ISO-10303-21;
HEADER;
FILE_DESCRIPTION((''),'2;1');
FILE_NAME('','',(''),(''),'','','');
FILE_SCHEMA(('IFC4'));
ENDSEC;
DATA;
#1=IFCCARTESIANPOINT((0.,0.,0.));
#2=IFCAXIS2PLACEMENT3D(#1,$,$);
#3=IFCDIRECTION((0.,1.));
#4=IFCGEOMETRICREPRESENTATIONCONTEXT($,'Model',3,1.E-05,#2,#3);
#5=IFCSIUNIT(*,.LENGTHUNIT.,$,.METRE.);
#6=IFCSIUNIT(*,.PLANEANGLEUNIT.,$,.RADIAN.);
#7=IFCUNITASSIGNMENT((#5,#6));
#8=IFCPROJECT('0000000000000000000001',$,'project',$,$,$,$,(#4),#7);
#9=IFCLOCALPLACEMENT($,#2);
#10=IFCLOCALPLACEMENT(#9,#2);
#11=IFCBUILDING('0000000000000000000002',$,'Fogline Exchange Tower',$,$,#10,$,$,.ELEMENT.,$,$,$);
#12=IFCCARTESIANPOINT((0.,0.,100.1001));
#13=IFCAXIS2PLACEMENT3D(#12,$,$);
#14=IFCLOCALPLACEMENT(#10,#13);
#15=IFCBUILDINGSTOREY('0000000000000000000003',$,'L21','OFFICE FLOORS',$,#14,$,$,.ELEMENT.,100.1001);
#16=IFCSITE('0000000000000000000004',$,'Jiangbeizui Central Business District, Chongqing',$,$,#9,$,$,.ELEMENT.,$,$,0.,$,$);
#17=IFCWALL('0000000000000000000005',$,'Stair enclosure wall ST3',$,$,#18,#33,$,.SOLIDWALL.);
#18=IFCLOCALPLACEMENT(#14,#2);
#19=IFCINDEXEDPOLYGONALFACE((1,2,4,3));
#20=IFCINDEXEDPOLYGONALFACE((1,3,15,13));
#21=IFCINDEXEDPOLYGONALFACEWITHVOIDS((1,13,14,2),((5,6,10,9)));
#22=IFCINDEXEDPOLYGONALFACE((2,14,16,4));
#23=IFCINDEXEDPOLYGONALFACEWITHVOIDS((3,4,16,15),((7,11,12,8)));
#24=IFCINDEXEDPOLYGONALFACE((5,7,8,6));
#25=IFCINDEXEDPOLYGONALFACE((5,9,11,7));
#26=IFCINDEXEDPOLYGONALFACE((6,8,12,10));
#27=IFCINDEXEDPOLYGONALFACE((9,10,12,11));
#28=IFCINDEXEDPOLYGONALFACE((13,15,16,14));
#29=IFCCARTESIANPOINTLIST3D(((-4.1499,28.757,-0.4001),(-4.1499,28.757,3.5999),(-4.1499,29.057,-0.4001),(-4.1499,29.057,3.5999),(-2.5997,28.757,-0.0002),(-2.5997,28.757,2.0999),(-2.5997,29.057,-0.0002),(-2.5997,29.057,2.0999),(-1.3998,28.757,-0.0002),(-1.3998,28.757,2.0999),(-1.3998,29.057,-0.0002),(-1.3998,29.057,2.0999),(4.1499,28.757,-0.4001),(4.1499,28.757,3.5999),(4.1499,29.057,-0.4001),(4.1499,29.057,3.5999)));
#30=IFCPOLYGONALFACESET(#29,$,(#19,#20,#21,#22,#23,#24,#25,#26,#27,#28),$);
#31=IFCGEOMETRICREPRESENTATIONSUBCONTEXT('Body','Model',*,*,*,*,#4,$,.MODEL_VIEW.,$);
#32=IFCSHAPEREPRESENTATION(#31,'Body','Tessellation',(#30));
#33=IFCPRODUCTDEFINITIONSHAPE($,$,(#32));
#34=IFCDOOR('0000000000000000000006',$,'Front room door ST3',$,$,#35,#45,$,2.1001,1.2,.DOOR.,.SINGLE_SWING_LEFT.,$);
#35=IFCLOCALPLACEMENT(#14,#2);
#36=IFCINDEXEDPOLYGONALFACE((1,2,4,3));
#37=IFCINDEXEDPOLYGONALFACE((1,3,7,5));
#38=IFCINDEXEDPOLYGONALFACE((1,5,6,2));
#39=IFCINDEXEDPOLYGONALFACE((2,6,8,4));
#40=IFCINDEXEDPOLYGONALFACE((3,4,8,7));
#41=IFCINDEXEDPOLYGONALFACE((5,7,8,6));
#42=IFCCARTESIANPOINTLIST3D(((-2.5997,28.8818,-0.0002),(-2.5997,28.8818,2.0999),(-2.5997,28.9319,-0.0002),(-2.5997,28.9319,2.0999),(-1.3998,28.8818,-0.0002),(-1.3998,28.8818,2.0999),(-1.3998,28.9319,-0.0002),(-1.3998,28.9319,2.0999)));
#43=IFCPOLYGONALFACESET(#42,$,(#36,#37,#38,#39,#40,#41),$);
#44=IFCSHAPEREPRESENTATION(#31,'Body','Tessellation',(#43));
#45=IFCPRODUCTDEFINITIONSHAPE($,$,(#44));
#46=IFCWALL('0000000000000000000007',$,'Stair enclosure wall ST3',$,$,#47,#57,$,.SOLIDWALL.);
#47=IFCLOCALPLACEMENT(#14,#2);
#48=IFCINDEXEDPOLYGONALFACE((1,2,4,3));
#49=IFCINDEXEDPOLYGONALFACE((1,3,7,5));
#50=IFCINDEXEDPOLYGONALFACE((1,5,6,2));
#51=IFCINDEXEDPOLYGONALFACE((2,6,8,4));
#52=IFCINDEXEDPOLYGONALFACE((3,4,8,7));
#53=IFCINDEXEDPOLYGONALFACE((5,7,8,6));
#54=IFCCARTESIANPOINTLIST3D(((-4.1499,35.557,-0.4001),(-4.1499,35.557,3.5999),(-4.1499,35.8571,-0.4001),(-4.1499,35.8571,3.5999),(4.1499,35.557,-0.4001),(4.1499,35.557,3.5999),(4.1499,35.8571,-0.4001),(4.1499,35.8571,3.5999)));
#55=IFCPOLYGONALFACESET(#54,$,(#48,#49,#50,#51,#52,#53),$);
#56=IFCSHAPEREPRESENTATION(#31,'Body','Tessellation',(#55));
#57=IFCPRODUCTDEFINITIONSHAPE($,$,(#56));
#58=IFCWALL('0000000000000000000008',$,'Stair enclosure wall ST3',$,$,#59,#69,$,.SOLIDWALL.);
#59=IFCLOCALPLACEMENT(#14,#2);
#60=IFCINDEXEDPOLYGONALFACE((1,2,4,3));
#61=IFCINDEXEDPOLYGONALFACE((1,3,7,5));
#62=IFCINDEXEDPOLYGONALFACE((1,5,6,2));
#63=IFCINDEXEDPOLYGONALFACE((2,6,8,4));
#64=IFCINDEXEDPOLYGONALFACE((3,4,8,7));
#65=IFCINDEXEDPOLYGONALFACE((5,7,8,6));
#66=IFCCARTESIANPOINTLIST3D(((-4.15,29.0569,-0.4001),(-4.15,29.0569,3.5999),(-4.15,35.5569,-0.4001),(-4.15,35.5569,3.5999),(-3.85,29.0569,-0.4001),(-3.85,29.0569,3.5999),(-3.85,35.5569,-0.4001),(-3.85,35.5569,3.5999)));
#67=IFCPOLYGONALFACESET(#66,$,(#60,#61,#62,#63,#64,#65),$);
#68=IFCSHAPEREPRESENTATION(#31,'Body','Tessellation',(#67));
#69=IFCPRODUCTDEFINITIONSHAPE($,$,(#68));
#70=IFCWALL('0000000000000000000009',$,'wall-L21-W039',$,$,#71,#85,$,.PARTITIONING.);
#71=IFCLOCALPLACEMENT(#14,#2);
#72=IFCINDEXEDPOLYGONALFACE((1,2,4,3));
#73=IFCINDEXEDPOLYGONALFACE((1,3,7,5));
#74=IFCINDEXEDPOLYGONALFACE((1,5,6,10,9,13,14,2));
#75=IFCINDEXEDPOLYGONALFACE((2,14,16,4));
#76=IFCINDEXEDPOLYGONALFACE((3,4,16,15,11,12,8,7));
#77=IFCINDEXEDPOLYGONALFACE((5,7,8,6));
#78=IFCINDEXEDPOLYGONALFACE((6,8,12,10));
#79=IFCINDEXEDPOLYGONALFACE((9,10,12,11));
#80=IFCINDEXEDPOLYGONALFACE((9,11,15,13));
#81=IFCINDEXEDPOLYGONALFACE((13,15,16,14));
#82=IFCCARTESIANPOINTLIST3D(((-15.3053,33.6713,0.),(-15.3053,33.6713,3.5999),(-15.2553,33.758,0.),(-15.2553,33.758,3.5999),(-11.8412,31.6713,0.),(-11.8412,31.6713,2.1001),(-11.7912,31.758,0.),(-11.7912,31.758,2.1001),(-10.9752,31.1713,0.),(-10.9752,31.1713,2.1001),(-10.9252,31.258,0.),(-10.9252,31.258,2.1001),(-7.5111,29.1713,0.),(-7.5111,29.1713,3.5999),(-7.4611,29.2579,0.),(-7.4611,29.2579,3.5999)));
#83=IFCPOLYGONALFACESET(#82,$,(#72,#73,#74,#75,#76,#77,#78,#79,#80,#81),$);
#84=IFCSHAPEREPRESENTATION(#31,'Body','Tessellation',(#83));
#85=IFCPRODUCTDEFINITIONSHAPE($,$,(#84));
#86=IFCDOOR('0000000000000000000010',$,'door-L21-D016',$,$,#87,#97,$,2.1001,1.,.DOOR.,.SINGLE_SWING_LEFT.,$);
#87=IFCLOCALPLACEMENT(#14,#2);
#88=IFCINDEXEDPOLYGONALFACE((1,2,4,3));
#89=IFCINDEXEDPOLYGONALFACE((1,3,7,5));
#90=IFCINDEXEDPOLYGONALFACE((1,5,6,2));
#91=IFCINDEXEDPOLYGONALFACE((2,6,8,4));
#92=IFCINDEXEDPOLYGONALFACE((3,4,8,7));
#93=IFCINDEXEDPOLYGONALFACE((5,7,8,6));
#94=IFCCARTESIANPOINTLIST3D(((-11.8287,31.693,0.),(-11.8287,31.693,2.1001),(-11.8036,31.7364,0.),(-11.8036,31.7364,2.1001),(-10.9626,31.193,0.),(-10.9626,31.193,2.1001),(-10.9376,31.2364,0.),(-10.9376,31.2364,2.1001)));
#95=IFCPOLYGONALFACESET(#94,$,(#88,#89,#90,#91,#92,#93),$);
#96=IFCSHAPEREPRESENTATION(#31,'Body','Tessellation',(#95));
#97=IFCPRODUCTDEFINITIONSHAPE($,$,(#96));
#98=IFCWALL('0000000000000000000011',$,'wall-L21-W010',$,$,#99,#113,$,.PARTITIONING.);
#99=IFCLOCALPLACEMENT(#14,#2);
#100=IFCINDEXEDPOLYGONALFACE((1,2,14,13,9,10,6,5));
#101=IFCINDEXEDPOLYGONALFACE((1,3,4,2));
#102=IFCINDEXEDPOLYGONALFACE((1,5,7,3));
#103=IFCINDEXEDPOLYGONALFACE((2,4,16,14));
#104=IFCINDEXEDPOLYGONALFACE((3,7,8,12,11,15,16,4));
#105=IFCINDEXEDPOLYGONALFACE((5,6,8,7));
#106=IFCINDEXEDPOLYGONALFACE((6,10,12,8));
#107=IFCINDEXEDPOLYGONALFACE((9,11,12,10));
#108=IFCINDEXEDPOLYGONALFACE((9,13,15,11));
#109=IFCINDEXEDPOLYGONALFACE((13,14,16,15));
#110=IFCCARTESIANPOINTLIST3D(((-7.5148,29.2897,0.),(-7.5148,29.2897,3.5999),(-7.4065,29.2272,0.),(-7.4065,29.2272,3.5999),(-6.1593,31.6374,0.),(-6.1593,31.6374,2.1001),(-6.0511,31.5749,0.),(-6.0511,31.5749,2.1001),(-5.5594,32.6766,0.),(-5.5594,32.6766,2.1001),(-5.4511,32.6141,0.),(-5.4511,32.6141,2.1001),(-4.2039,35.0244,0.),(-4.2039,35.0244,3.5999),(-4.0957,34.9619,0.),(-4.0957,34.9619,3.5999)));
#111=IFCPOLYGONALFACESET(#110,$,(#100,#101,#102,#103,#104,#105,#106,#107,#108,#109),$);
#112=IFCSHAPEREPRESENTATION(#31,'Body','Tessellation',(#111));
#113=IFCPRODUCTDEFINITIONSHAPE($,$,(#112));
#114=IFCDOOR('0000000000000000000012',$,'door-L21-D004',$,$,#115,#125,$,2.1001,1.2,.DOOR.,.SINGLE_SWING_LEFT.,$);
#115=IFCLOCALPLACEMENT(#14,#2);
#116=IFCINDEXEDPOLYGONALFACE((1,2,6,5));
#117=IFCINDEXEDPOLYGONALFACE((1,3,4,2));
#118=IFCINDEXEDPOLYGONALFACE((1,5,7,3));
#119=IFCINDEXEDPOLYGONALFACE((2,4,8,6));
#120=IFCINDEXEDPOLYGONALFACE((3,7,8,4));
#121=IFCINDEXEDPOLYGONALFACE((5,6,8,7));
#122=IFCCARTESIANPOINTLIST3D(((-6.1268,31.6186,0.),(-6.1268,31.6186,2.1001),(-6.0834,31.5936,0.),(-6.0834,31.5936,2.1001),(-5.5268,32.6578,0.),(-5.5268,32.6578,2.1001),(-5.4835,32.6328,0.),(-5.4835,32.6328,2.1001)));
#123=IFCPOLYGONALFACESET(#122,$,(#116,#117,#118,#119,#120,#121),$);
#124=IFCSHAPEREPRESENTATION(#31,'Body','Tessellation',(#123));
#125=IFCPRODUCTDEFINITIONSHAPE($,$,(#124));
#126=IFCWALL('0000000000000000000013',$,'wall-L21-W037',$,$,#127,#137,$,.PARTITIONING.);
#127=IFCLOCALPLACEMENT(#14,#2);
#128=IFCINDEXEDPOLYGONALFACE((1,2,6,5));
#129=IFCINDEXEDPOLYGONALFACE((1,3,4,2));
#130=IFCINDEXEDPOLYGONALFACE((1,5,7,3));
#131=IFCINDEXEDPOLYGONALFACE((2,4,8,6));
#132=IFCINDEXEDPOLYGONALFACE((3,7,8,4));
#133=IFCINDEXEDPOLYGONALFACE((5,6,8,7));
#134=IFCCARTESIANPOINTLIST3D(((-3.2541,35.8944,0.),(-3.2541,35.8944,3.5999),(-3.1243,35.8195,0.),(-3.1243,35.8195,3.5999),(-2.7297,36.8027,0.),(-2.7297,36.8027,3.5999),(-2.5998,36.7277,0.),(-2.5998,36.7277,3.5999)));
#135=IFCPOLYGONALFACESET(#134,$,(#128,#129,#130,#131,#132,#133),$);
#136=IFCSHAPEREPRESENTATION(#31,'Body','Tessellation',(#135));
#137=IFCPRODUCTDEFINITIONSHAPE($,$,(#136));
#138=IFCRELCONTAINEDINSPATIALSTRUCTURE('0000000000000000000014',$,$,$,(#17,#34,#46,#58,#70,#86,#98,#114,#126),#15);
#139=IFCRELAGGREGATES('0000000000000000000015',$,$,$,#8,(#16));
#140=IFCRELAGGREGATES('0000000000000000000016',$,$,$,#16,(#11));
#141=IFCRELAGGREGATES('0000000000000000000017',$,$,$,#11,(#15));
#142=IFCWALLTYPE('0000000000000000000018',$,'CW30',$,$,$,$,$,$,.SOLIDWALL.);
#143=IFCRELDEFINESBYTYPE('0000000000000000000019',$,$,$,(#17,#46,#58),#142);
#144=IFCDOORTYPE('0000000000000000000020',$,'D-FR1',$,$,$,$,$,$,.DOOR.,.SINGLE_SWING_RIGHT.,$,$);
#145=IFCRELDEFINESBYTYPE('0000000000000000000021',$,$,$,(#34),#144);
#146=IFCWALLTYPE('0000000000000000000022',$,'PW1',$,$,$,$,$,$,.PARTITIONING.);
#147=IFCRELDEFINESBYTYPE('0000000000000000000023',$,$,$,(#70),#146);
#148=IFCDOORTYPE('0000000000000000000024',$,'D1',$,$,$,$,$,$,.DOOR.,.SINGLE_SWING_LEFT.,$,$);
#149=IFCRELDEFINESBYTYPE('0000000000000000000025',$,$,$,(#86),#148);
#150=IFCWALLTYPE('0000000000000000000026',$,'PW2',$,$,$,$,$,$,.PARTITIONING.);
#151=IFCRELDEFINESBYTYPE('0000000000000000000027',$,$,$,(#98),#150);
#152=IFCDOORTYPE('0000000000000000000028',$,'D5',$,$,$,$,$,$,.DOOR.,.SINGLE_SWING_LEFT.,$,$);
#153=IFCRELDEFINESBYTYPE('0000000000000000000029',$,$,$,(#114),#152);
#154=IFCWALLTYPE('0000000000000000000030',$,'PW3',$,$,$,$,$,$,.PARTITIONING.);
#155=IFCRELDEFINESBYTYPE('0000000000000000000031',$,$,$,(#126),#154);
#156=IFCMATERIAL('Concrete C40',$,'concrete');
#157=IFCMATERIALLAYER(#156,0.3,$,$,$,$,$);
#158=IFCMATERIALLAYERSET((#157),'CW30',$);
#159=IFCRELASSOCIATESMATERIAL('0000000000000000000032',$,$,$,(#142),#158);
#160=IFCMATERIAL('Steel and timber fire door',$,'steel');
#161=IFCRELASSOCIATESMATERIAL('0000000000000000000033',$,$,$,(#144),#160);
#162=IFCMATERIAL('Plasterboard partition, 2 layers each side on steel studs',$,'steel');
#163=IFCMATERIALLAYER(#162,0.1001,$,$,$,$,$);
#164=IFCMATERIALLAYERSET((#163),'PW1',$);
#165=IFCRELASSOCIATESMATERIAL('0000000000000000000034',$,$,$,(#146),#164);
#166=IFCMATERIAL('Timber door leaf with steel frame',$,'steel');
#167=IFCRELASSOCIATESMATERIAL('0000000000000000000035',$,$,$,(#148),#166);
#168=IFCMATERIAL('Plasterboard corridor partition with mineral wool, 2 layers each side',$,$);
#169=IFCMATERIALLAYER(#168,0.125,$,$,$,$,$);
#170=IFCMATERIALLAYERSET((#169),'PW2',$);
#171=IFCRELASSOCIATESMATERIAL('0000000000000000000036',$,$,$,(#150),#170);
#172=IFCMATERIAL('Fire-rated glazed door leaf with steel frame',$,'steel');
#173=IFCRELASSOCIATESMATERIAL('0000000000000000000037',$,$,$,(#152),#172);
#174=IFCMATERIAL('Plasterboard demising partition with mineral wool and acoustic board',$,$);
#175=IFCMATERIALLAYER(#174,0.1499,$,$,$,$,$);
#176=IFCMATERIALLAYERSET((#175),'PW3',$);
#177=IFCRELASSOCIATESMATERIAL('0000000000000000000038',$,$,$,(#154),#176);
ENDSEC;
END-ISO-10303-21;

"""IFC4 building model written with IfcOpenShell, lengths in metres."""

from ifc_helpers import new_model, si_unit, direction, frame, frame_2d, origin, place, context, subcontext, project, spatial, rectangle, extrude, material, layer, layer_set, type_object, element, fill, save


model = new_model("IFC4")

# Units and contexts
model_context = context("Model", 3, precision=1e-05, world=origin(), true_north=direction((0.0, 1.0)))
body_context = subcontext(model_context, "Body", "Model", "MODEL_VIEW")
ifc_project = project(units=[si_unit("LENGTHUNIT", "METRE"), si_unit("PLANEANGLEUNIT", "RADIAN")], contexts=[model_context])

# Site, building, storey
site_placement = place(None, origin())
site = spatial("IfcSite", under=ifc_project, at=site_placement, Name="Jiangbeizui Central Business District, Chongqing", CompositionType="ELEMENT", RefElevation=0.0)
building_placement = place(site_placement, origin())
building = spatial("IfcBuilding", under=site, at=building_placement, Name="Fogline Exchange Tower", CompositionType="ELEMENT")
storey_placement = place(building_placement, frame((0.0, 0.0, 100.1001)))
storey = spatial("IfcBuildingStorey", under=building, at=storey_placement, Name="L21", Description="OFFICE FLOORS", CompositionType="ELEMENT", Elevation=100.1001)

# Shared definitions
ifc_material_1 = material(Name="Concrete C40", Category="concrete")

# Wall, opening, door
ifc_material_2 = material(Name="Steel and timber fire door", Category="steel")
ifc_layer_1 = layer(ifc_material_1, 0.3)
ifc_layer_set_1 = layer_set([ifc_layer_1], Name="CW30")
wall_type_1 = type_object("IfcWallType", Name="CW30", PredefinedType="SOLIDWALL", material=ifc_layer_set_1)
wall_1_placement = place(storey_placement, frame((-4.1499, 28.907, -0.4001), z_axis=(0.0, 0.0, 1.0), x_axis=(1.0, 0.0, 0.0)))
wall_1 = element("IfcWall", 1, at=wall_1_placement, inside=storey, type_object=wall_type_1, Name="Stair enclosure wall ST3", PredefinedType="SOLIDWALL", context=body_context, shape_type="SweptSolid", body=[
    extrude(rectangle(XDim=8.2998, YDim=0.3, at=frame_2d((4.1499, 0.0))), origin(), (0.0, 0.0, 1.0), 4.0),
])
opening_1_placement = place(wall_1_placement, frame((1.55, 0.0, 0.3999)))
opening_1 = element("IfcOpeningElement", 2, at=opening_1_placement, cuts=wall_1, PredefinedType="OPENING", context=body_context, shape_type="SweptSolid", body=[
    extrude(rectangle(XDim=1.2, YDim=2.1001, at=frame_2d((0.6001, 1.05))), frame((0.0, 0.1602, 0.0), z_axis=(0.0, -1.0, 0.0), x_axis=(1.0, 0.0, 0.0)), (0.0, 0.0, 1.0), 0.3201),
])
door_type_1 = type_object("IfcDoorType", Name="D-FR1", OperationType="SINGLE_SWING_RIGHT", PredefinedType="DOOR", material=ifc_material_2)
door_1_placement = place(opening_1_placement, origin())
door_1 = element("IfcDoor", 3, at=door_1_placement, inside=storey, type_object=door_type_1, Name="Front room door ST3", OperationType="SINGLE_SWING_LEFT", OverallHeight=2.1001, OverallWidth=1.2, PredefinedType="DOOR", context=body_context, shape_type="SweptSolid", body=[
    extrude(rectangle(XDim=1.2, YDim=2.1001, at=frame_2d((0.6001, 1.05))), frame((0.0, 0.0249, 0.0), z_axis=(0.0, -1.0, 0.0), x_axis=(1.0, 0.0, 0.0)), (0.0, 0.0, 1.0), 0.05),
])
fill(opening_1, door_1)

# Walls
wall_2_placement = place(storey_placement, frame((-4.1499, 35.707, -0.4001), z_axis=(0.0, 0.0, 1.0), x_axis=(1.0, 0.0, 0.0)))
element("IfcWall", 4, at=wall_2_placement, inside=storey, type_object=wall_type_1, Name="Stair enclosure wall ST3", PredefinedType="SOLIDWALL", context=body_context, shape_type="SweptSolid", body=[
    extrude(rectangle(XDim=8.2998, YDim=0.3, at=frame_2d((4.1499, 0.0))), origin(), (0.0, 0.0, 1.0), 4.0),
])
wall_3_placement = place(storey_placement, frame((-4.0, 29.0569, -0.4001), z_axis=(0.0, 0.0, 1.0), x_axis=(0.0, 1.0, 0.0)))
element("IfcWall", 5, at=wall_3_placement, inside=storey, type_object=wall_type_1, Name="Stair enclosure wall ST3", PredefinedType="SOLIDWALL", context=body_context, shape_type="SweptSolid", body=[
    extrude(rectangle(XDim=6.5, YDim=0.3, at=frame_2d((3.25, 0.0))), origin(), (0.0, 0.0, 1.0), 4.0),
])

# Walls, openings, doors
ifc_material_3 = material(Name="Plasterboard partition, 2 layers each side on steel studs", Category="steel")
ifc_layer_2 = layer(ifc_material_3, 0.1001)
ifc_layer_set_2 = layer_set([ifc_layer_2], Name="PW1")
wall_type_2 = type_object("IfcWallType", Name="PW1", PredefinedType="PARTITIONING", material=ifc_layer_set_2)
wall_4_placement = place(storey_placement, frame((-7.4861, 29.2146, 0.0), z_axis=(0.0, 0.0, 1.0), x_axis=(-0.866024, 0.500002, 0.0)))
wall_4 = element("IfcWall", 6, at=wall_4_placement, inside=storey, type_object=wall_type_2, Name="wall-L21-W039", PredefinedType="PARTITIONING", context=body_context, shape_type="SweptSolid", body=[
    extrude(rectangle(XDim=9.0, YDim=0.1001, at=frame_2d((4.5, 0.0))), origin(), (0.0, 0.0, 1.0), 3.5999),
])
opening_2_placement = place(wall_4_placement, frame((4.0, 0.0, 0.0)))
opening_2 = element("IfcOpeningElement", 7, at=opening_2_placement, cuts=wall_4, PredefinedType="OPENING", context=body_context, shape_type="SweptSolid", body=[
    extrude(rectangle(XDim=1.0, YDim=2.1001, at=frame_2d((0.5, 1.05))), frame((0.0, 0.0601, 0.0), z_axis=(0.0, -1.0, 0.0), x_axis=(1.0, 0.0, 0.0)), (0.0, 0.0, 1.0), 0.1201),
])
ifc_material_4 = material(Name="Timber door leaf with steel frame", Category="steel")
door_type_2 = type_object("IfcDoorType", Name="D1", OperationType="SINGLE_SWING_LEFT", PredefinedType="DOOR", material=ifc_material_4)
door_2_placement = place(opening_2_placement, origin())
door_2 = element("IfcDoor", 8, at=door_2_placement, inside=storey, type_object=door_type_2, Name="door-L21-D016", OperationType="SINGLE_SWING_LEFT", OverallHeight=2.1001, OverallWidth=1.0, PredefinedType="DOOR", context=body_context, shape_type="SweptSolid", body=[
    extrude(rectangle(XDim=1.0, YDim=2.1001, at=frame_2d((0.5, 1.05))), frame((0.0, 0.0249, 0.0), z_axis=(0.0, -1.0, 0.0), x_axis=(1.0, 0.0, 0.0)), (0.0, 0.0, 1.0), 0.05),
])
fill(opening_2, door_2)
ifc_material_5 = material(Name="Plasterboard corridor partition with mineral wool, 2 layers each side")
ifc_layer_3 = layer(ifc_material_5, 0.125)
ifc_layer_set_3 = layer_set([ifc_layer_3], Name="PW2")
wall_type_3 = type_object("IfcWallType", Name="PW2", PredefinedType="PARTITIONING", material=ifc_layer_set_3)
wall_5_placement = place(storey_placement, frame((-7.4607, 29.2583, 0.0), z_axis=(0.0, 0.0, 1.0), x_axis=(0.499989, 0.866031, 0.0)))
wall_5 = element("IfcWall", 9, at=wall_5_placement, inside=storey, type_object=wall_type_3, Name="wall-L21-W010", PredefinedType="PARTITIONING", context=body_context, shape_type="SweptSolid", body=[
    extrude(rectangle(XDim=6.6218, YDim=0.125, at=frame_2d((3.311, 0.0))), origin(), (0.0, 0.0, 1.0), 3.5999),
])
opening_3_placement = place(wall_5_placement, frame((2.7109, 0.0, 0.0)))
opening_3 = element("IfcOpeningElement", 10, at=opening_3_placement, cuts=wall_5, PredefinedType="OPENING", context=body_context, shape_type="SweptSolid", body=[
    extrude(rectangle(XDim=1.2, YDim=2.1001, at=frame_2d((0.6001, 1.05))), frame((0.0, 0.0725, 0.0), z_axis=(0.0, -1.0, 0.0), x_axis=(1.0, 0.0, 0.0)), (0.0, 0.0, 1.0), 0.145),
])
ifc_material_6 = material(Name="Fire-rated glazed door leaf with steel frame", Category="steel")
door_type_3 = type_object("IfcDoorType", Name="D5", OperationType="SINGLE_SWING_LEFT", PredefinedType="DOOR", material=ifc_material_6)
door_3_placement = place(opening_3_placement, origin())
door_3 = element("IfcDoor", 11, at=door_3_placement, inside=storey, type_object=door_type_3, Name="door-L21-D004", OperationType="SINGLE_SWING_LEFT", OverallHeight=2.1001, OverallWidth=1.2, PredefinedType="DOOR", context=body_context, shape_type="SweptSolid", body=[
    extrude(rectangle(XDim=1.2, YDim=2.1001, at=frame_2d((0.6001, 1.05))), frame((0.0, 0.0249, 0.0), z_axis=(0.0, -1.0, 0.0), x_axis=(1.0, 0.0, 0.0)), (0.0, 0.0, 1.0), 0.05),
])
fill(opening_3, door_3)

# Wall
ifc_material_7 = material(Name="Plasterboard demising partition with mineral wool and acoustic board")
ifc_layer_4 = layer(ifc_material_7, 0.1499)
ifc_layer_set_4 = layer_set([ifc_layer_4], Name="PW3")
wall_type_4 = type_object("IfcWallType", Name="PW3", PredefinedType="PARTITIONING", material=ifc_layer_set_4)
wall_6_placement = place(storey_placement, frame((-3.1892, 35.8569, 0.0), z_axis=(0.0, 0.0, 1.0), x_axis=(0.500045, 0.865999, 0.0)))
element("IfcWall", 12, at=wall_6_placement, inside=storey, type_object=wall_type_4, Name="wall-L21-W037", PredefinedType="PARTITIONING", context=body_context, shape_type="SweptSolid", body=[
    extrude(rectangle(XDim=1.0488, YDim=0.1499, at=frame_2d((0.5244, 0.0))), origin(), (0.0, 0.0, 1.0), 3.5999),
])

save(model, "model.ifc")
